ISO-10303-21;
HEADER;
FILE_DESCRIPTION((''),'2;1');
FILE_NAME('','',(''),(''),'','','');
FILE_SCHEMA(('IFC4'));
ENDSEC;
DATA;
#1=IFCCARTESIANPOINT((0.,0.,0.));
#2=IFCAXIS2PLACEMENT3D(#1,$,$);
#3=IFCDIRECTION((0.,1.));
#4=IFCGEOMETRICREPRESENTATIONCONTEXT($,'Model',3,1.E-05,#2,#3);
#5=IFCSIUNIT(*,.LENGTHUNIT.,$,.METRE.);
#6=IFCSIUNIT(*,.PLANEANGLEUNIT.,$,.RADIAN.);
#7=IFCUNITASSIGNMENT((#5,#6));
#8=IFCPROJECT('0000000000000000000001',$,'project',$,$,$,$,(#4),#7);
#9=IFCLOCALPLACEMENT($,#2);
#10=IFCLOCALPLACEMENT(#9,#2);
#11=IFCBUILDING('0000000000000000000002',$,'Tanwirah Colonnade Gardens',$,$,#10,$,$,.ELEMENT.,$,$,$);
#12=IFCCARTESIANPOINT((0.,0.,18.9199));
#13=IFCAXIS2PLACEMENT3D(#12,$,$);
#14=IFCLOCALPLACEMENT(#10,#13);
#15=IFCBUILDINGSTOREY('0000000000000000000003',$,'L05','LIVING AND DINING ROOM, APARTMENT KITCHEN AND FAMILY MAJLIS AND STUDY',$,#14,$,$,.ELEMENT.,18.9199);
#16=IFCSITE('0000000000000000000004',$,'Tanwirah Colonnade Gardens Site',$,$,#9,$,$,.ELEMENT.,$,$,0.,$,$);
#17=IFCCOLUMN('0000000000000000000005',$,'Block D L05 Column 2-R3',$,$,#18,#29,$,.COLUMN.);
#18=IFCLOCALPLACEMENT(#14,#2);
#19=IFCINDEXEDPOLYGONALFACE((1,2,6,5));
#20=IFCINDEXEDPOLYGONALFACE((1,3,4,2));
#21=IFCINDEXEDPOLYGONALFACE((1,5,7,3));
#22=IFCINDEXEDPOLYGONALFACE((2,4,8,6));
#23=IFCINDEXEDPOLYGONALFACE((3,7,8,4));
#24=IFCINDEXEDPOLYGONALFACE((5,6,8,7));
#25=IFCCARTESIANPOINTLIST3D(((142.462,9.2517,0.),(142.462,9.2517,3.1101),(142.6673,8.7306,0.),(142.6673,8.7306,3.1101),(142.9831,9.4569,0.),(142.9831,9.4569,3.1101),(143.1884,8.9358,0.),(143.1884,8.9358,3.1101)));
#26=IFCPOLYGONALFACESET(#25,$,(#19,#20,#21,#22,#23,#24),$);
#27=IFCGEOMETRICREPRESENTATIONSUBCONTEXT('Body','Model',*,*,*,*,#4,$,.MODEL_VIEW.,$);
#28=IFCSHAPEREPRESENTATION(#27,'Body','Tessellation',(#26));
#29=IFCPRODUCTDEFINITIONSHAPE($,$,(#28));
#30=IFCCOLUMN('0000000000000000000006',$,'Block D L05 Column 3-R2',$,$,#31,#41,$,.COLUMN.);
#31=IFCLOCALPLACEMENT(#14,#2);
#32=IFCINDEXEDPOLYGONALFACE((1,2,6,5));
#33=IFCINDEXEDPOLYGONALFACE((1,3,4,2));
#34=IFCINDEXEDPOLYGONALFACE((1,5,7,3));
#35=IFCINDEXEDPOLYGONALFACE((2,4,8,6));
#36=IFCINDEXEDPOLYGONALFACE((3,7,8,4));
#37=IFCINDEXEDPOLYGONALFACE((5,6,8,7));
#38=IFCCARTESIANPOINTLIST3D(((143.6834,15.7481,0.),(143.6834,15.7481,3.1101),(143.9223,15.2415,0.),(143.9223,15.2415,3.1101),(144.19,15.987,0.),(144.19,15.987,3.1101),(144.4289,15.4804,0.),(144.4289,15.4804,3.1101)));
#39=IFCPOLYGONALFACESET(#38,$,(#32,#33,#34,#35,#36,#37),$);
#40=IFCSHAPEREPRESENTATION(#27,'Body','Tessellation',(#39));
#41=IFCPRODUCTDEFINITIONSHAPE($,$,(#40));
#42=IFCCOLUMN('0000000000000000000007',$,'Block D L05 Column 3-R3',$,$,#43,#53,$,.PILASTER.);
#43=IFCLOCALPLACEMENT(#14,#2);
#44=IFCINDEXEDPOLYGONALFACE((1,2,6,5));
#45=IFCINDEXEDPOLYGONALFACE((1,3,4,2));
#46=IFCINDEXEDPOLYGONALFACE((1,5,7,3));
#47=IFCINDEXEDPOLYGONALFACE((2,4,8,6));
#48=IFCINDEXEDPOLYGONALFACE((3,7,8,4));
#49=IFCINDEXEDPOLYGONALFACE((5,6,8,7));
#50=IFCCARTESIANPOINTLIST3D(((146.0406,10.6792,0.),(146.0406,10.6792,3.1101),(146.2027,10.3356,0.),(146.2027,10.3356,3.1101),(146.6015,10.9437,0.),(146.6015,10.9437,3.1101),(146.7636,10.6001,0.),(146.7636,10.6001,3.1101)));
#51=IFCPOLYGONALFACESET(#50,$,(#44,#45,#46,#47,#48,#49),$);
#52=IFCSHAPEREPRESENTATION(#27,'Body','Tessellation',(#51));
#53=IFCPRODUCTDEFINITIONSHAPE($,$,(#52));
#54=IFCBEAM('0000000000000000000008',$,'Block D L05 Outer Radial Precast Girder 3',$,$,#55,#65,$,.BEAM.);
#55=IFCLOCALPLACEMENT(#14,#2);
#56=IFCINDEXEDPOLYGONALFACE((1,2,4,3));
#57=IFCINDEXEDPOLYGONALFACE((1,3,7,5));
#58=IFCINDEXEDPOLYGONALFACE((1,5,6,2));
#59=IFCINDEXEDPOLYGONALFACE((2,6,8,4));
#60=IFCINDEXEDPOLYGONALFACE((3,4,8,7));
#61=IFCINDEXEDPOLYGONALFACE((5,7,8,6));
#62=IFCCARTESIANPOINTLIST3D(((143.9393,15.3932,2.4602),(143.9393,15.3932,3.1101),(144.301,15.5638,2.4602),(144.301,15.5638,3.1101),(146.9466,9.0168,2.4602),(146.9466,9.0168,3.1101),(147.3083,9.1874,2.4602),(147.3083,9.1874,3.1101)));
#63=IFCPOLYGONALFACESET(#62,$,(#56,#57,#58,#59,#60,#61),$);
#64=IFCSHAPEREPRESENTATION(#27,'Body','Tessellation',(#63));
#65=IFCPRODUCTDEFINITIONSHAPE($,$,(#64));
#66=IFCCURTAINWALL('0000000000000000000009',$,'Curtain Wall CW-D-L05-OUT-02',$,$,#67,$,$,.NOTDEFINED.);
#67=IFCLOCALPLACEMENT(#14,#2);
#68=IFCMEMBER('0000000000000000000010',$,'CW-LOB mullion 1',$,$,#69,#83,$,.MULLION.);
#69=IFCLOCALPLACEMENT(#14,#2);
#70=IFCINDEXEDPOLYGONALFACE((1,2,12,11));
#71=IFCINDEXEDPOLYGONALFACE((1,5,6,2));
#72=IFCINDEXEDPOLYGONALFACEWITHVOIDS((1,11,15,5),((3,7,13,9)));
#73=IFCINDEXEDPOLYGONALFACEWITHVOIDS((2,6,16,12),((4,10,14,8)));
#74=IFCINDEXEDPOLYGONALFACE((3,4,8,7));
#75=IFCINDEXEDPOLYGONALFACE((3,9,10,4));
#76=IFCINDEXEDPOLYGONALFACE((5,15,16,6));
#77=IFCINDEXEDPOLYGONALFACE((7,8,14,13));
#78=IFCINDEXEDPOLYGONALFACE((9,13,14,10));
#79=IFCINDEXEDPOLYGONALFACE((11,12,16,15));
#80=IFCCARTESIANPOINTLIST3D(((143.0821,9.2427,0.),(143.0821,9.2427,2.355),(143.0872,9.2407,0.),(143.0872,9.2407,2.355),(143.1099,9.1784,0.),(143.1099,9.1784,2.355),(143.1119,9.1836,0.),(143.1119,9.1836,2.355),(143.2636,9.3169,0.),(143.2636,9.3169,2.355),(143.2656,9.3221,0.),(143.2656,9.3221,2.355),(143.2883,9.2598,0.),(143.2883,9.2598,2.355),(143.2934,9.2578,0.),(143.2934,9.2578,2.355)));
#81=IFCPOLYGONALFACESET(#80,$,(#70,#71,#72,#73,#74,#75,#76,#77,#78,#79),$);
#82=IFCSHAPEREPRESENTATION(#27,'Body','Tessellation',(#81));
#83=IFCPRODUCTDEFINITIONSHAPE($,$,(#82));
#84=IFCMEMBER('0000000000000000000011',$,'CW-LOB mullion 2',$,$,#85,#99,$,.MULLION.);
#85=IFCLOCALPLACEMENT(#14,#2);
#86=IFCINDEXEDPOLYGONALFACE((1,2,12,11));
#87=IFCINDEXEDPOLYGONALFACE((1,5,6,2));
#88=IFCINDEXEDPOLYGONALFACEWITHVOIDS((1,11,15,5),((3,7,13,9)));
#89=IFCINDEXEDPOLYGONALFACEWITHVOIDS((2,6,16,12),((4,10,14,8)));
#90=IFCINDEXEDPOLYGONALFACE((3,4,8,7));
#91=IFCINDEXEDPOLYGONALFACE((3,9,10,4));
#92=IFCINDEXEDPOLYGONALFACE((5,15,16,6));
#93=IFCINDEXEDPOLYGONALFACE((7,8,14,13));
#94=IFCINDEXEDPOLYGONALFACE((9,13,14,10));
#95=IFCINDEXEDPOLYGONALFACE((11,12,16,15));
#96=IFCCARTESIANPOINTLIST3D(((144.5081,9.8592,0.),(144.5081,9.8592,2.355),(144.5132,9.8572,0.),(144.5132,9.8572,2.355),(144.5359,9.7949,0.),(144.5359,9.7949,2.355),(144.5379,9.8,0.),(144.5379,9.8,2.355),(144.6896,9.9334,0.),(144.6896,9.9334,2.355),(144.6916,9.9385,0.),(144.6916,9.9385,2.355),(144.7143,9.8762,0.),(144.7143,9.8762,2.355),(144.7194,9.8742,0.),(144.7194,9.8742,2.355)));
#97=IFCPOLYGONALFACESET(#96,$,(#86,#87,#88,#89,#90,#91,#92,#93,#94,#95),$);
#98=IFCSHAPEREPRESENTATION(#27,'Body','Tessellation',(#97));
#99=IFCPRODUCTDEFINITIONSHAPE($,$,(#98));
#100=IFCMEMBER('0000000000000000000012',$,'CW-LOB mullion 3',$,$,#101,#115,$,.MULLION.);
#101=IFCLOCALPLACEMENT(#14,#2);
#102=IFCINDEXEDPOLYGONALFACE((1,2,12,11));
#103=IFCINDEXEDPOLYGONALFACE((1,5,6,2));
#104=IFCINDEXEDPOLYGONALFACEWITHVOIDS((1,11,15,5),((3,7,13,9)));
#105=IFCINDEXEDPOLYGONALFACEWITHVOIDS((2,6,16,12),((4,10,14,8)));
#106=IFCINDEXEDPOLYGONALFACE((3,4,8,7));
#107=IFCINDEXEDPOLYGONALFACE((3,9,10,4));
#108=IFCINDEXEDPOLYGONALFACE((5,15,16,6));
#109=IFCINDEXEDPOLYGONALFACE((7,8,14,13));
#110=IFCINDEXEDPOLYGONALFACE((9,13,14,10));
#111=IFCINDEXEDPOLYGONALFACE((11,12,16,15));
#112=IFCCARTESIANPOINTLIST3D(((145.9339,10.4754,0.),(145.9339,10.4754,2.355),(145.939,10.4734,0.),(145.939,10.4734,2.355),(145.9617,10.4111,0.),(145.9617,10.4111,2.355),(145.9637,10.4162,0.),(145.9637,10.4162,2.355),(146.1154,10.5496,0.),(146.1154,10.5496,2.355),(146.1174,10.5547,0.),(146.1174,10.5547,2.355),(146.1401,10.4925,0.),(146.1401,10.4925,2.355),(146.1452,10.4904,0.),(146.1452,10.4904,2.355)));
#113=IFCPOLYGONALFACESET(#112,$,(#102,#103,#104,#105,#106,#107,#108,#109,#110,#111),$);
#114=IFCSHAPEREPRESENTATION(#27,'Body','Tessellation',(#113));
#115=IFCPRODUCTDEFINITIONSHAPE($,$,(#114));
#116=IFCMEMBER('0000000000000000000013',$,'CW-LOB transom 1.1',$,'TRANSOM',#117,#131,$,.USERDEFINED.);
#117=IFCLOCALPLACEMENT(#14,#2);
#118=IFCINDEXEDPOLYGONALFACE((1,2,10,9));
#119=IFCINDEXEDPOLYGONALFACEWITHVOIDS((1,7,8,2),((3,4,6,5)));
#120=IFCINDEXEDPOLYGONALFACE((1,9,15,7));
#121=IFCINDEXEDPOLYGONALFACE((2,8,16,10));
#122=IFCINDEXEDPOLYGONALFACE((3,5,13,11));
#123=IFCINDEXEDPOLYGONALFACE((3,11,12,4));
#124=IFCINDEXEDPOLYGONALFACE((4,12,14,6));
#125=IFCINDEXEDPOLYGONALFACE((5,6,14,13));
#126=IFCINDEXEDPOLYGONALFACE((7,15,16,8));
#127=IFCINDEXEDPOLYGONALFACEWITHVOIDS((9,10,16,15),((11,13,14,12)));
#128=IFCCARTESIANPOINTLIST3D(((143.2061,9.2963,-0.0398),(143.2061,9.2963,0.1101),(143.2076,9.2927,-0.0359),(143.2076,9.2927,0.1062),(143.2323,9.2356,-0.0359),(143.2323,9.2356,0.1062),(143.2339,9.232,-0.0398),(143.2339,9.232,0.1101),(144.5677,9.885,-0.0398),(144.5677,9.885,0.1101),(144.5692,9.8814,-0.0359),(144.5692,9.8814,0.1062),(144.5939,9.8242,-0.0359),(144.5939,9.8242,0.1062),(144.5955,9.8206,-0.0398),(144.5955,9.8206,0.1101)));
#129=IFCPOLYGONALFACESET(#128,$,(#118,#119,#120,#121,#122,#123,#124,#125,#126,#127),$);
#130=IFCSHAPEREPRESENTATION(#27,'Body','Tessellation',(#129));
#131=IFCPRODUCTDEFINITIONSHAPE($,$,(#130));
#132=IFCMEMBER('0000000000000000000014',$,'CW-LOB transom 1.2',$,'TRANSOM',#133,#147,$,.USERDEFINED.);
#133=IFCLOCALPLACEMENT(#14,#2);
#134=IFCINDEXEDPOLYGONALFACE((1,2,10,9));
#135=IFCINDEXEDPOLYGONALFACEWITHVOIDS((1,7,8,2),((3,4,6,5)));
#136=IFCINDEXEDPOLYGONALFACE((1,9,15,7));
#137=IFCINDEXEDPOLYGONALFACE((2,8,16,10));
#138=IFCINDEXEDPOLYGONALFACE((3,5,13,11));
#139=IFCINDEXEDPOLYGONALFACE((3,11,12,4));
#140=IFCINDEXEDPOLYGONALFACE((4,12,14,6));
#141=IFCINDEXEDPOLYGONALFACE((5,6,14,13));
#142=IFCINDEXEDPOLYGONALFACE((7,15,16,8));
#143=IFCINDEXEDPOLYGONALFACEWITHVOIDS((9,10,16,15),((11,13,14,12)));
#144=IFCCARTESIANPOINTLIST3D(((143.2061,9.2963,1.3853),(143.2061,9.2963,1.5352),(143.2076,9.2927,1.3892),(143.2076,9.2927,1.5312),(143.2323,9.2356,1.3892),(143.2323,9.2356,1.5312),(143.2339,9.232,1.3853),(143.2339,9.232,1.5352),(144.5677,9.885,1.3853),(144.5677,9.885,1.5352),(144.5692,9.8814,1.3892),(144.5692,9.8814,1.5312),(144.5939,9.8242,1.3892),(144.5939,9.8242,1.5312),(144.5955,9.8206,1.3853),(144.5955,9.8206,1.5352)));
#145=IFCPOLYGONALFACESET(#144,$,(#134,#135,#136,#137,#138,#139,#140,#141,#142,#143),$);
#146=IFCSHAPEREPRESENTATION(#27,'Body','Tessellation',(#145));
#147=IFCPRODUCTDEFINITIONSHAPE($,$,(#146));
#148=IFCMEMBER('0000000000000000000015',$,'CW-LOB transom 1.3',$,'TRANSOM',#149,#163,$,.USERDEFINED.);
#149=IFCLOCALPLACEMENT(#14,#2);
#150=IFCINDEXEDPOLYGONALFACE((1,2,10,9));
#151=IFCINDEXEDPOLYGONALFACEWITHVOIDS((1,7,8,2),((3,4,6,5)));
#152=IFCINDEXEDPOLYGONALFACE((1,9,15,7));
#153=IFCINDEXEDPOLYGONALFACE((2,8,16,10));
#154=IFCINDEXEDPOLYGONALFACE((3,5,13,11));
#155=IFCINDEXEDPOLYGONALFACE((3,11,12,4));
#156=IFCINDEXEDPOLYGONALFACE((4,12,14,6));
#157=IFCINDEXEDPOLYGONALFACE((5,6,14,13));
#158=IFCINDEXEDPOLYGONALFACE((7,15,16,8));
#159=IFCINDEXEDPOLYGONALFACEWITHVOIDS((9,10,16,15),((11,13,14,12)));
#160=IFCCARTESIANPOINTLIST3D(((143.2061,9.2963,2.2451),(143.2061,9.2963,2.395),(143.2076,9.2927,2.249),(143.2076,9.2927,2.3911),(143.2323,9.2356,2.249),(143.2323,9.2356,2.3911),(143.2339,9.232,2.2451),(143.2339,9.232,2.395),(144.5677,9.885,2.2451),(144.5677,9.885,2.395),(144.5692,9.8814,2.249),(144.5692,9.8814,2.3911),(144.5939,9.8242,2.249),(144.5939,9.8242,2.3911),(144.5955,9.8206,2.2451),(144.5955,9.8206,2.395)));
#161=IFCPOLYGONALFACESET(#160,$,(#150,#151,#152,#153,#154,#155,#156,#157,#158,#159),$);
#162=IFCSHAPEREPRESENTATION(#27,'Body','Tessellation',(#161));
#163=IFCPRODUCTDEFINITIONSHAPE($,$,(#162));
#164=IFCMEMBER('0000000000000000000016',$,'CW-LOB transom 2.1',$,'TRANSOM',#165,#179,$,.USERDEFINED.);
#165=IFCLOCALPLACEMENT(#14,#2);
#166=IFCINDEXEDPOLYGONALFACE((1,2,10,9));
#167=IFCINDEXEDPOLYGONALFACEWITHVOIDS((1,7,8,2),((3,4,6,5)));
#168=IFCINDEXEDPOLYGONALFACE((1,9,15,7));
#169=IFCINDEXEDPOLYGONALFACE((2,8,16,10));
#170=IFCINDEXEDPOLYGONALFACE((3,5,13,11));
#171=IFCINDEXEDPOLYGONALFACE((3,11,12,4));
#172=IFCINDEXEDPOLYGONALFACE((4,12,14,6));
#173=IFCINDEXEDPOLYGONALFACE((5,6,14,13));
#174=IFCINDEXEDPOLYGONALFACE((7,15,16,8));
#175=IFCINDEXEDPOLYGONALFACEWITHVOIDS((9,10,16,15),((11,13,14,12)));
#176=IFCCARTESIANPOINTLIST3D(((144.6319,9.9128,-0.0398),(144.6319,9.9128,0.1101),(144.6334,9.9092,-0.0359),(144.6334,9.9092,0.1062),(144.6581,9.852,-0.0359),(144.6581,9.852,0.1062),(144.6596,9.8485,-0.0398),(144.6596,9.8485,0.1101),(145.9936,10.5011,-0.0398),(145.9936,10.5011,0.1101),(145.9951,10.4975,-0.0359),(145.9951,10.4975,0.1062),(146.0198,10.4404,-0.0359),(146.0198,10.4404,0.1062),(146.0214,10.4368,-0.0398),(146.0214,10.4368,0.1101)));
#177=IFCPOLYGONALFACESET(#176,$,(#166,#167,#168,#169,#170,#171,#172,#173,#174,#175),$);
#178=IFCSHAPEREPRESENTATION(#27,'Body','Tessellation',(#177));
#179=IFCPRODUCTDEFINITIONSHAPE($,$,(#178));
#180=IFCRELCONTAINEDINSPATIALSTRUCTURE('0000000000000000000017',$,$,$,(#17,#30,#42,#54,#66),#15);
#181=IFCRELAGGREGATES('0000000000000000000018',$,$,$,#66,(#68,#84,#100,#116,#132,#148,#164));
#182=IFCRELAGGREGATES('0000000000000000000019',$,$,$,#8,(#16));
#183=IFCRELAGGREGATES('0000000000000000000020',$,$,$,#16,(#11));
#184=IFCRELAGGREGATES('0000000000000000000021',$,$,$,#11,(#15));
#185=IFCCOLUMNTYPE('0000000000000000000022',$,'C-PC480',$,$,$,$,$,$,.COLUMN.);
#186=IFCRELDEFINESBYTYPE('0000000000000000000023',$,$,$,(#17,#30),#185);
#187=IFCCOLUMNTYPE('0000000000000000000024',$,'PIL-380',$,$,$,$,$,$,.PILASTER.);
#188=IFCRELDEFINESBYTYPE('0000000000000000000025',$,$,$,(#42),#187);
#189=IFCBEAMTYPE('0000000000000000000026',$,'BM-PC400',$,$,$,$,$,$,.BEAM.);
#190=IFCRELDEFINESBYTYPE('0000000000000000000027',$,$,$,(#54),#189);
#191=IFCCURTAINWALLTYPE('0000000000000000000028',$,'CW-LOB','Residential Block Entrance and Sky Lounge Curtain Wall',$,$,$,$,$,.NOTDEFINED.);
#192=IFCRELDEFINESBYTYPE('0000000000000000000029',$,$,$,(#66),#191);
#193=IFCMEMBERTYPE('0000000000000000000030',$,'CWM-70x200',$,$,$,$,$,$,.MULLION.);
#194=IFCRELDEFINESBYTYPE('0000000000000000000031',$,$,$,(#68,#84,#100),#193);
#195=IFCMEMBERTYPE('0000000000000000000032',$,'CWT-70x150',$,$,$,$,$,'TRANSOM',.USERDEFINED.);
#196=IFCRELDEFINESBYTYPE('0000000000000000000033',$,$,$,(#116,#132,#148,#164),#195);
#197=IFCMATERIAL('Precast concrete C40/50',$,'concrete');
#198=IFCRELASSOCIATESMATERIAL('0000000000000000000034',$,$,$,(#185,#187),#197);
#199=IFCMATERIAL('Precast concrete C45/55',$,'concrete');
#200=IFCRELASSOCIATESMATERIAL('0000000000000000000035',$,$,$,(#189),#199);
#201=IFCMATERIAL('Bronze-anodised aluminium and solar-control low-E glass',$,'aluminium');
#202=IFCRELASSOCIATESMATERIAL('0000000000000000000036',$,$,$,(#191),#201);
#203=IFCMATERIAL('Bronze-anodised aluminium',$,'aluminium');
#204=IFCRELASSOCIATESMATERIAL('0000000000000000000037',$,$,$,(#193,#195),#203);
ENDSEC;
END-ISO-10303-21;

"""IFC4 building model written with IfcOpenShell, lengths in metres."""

from ifc_helpers import new_model, si_unit, direction, frame, origin, origin_2d, place, context, subcontext, project, spatial, rectangle, hollow_rectangle, extrude, material, material_profile, profile_set, type_object, element, aggregate, save


model = new_model("IFC4")

# Units and contexts
model_context = context("Model", 3, precision=1e-05, world=origin(), true_north=direction((0.0, 1.0)))
body_context = subcontext(model_context, "Body", "Model", "MODEL_VIEW")
ifc_project = project(units=[si_unit("LENGTHUNIT", "METRE"), si_unit("PLANEANGLEUNIT", "RADIAN")], contexts=[model_context])

# Site, building, storey
site_placement = place(None, origin())
site = spatial("IfcSite", under=ifc_project, at=site_placement, Name="Tanwirah Colonnade Gardens Site", CompositionType="ELEMENT", RefElevation=0.0)
building_placement = place(site_placement, origin())
building = spatial("IfcBuilding", under=site, at=building_placement, Name="Tanwirah Colonnade Gardens", CompositionType="ELEMENT")
storey_placement = place(building_placement, frame((0.0, 0.0, 18.9199)))
storey = spatial("IfcBuildingStorey", under=building, at=storey_placement, Name="L05", Description="LIVING AND DINING ROOM, APARTMENT KITCHEN AND FAMILY MAJLIS AND STUDY", CompositionType="ELEMENT", Elevation=18.9199)

# Columns
ifc_material_1 = material(Name="Precast concrete C40/50", Category="concrete")
ifc_material_profile_1 = material_profile(ifc_material_1, rectangle(XDim=0.5601, YDim=0.5601, at=origin_2d()), Name="PC-COL 560x560")
ifc_profile_set_1 = profile_set([ifc_material_profile_1], Name="Precast concrete C40/50")
column_type_1 = type_object("IfcColumnType", Name="C-PC480", PredefinedType="COLUMN", material=ifc_profile_set_1)
for number, where, z_axis, x_axis, name in (
    (1, (142.8252, 9.0938, 0.0), (0.0, 0.0, 1.0), (0.366501, -0.930418, 0.0), "Block D L05 Column 2-R3"),
    (2, (144.0562, 15.6143, 0.0), (0.0, 0.0, 1.0), (0.426569, -0.904455, 0.0), "Block D L05 Column 3-R2"),
):
    element("IfcColumn", number, at=place(storey_placement, frame(where, z_axis=z_axis, x_axis=x_axis)), inside=storey, type_object=column_type_1, Name=name, PredefinedType="COLUMN", context=body_context, shape_type="SweptSolid", body=[
        extrude(rectangle(XDim=0.5601, YDim=0.5601, at=origin_2d()), origin(), (0.0, 0.0, 1.0), 3.1101),
    ])
ifc_material_profile_2 = material_profile(ifc_material_1, rectangle(XDim=0.3799, YDim=0.6201, at=origin_2d()), Name="PC-PIL 380x620")
ifc_profile_set_2 = profile_set([ifc_material_profile_2], Name="Precast concrete C40/50")
column_type_2 = type_object("IfcColumnType", Name="PIL-380", PredefinedType="PILASTER", material=ifc_profile_set_2)
column_placement = place(storey_placement, frame((146.4021, 10.6396, 0.0), z_axis=(0.0, 0.0, 1.0), x_axis=(0.426569, -0.904455, 0.0)))
element("IfcColumn", 3, at=column_placement, inside=storey, type_object=column_type_2, Name="Block D L05 Column 3-R3", PredefinedType="PILASTER", context=body_context, shape_type="SweptSolid", body=[
    extrude(rectangle(XDim=0.3799, YDim=0.6201, at=origin_2d()), origin(), (0.0, 0.0, 1.0), 3.1101),
])

# Beam
ifc_material_2 = material(Name="Precast concrete C45/55", Category="concrete")
ifc_material_profile_3 = material_profile(ifc_material_2, rectangle(XDim=0.3999, YDim=0.6499, at=origin_2d()), Name="PC-BM 400x650")
ifc_profile_set_3 = profile_set([ifc_material_profile_3], Name="Precast concrete C45/55")
beam_type_1 = type_object("IfcBeamType", Name="BM-PC400", PredefinedType="BEAM", material=ifc_profile_set_3)
beam_1_placement = place(storey_placement, frame((144.1201, 15.4785, 2.7852), z_axis=(0.426567, -0.904456, 0.0), x_axis=(0.904456, 0.426567, 0.0)))
element("IfcBeam", 4, at=beam_1_placement, inside=storey, type_object=beam_type_1, Name="Block D L05 Outer Radial Precast Girder 3", PredefinedType="BEAM", context=body_context, shape_type="SweptSolid", body=[
    extrude(rectangle(XDim=0.3999, YDim=0.6499, at=origin_2d()), origin(), (0.0, 0.0, 1.0), 7.05),
])

# Curtain wall, members
ifc_material_3 = material(Name="Bronze-anodised aluminium and solar-control low-E glass", Category="aluminium")
curtain_wall_type = type_object("IfcCurtainWallType", Name="CW-LOB", Description="Residential Block Entrance and Sky Lounge Curtain Wall", PredefinedType="NOTDEFINED", material=ifc_material_3)
curtain_wall_placement = place(storey_placement, origin())
curtain_wall = element("IfcCurtainWall", 5, at=curtain_wall_placement, inside=storey, type_object=curtain_wall_type, Name="Curtain Wall CW-D-L05-OUT-02", PredefinedType="NOTDEFINED")
ifc_material_4 = material(Name="Bronze-anodised aluminium", Category="aluminium")
ifc_material_profile_4 = material_profile(ifc_material_4, hollow_rectangle(XDim=0.0701, YDim=0.2, WallThickness=0.0039, at=origin_2d()), Name="CW-MUL 70x200x4")
ifc_profile_set_4 = profile_set([ifc_material_profile_4], Name="Bronze-anodised aluminium")
member_type_1 = type_object("IfcMemberType", Name="CWM-70x200", PredefinedType="MULLION", material=ifc_profile_set_4)
member_1_placement = place(storey_placement, frame((143.1877, 9.2502, 0.0), z_axis=(0.0, 0.0, 1.0), x_axis=(-0.396749, 0.917927, 0.0)))
member_1 = element("IfcMember", 6, at=member_1_placement, type_object=member_type_1, Name="CW-LOB mullion 1", PredefinedType="MULLION", context=body_context, shape_type="SweptSolid", body=[
    extrude(hollow_rectangle(XDim=0.0701, YDim=0.2, WallThickness=0.0039, at=origin_2d()), origin(), (0.0, 0.0, 1.0), 2.355),
])
member_2_placement = place(storey_placement, frame((144.6138, 9.8667, 0.0), z_axis=(0.0, 0.0, 1.0), x_axis=(-0.396749, 0.917927, 0.0)))
member_2 = element("IfcMember", 7, at=member_2_placement, type_object=member_type_1, Name="CW-LOB mullion 2", PredefinedType="MULLION", context=body_context, shape_type="SweptSolid", body=[
    extrude(hollow_rectangle(XDim=0.0701, YDim=0.2, WallThickness=0.0039, at=origin_2d()), origin(), (0.0, 0.0, 1.0), 2.355),
])
member_3_placement = place(storey_placement, frame((146.0396, 10.4829, 0.0), z_axis=(0.0, 0.0, 1.0), x_axis=(-0.396749, 0.917927, 0.0)))
member_3 = element("IfcMember", 8, at=member_3_placement, type_object=member_type_1, Name="CW-LOB mullion 3", PredefinedType="MULLION", context=body_context, shape_type="SweptSolid", body=[
    extrude(hollow_rectangle(XDim=0.0701, YDim=0.2, WallThickness=0.0039, at=origin_2d()), origin(), (0.0, 0.0, 1.0), 2.355),
])
ifc_material_profile_5 = material_profile(ifc_material_4, hollow_rectangle(XDim=0.0701, YDim=0.1499, WallThickness=0.0039, at=origin_2d()), Name="CW-TRN 70x150x4")
ifc_profile_set_5 = profile_set([ifc_material_profile_5], Name="Bronze-anodised aluminium")
member_type_2 = type_object("IfcMemberType", Name="CWT-70x150", ElementType="TRANSOM", PredefinedType="USERDEFINED", material=ifc_profile_set_5)
member_4_placement = place(storey_placement, frame((143.22, 9.2642, 0.0352), z_axis=(0.917898, 0.396817, 0.0), x_axis=(-0.396817, 0.917898, 0.0)))
member_4 = element("IfcMember", 9, at=member_4_placement, type_object=member_type_2, Name="CW-LOB transom 1.1", ObjectType="TRANSOM", PredefinedType="USERDEFINED", context=body_context, shape_type="SweptSolid", body=[
    extrude(hollow_rectangle(XDim=0.0701, YDim=0.1499, WallThickness=0.0039, at=origin_2d()), origin(), (0.0, 0.0, 1.0), 1.4834),
])
member_5_placement = place(storey_placement, frame((143.22, 9.2642, 1.4602), z_axis=(0.917898, 0.396817, 0.0), x_axis=(-0.396817, 0.917898, 0.0)))
member_5 = element("IfcMember", 10, at=member_5_placement, type_object=member_type_2, Name="CW-LOB transom 1.2", ObjectType="TRANSOM", PredefinedType="USERDEFINED", context=body_context, shape_type="SweptSolid", body=[
    extrude(hollow_rectangle(XDim=0.0701, YDim=0.1499, WallThickness=0.0039, at=origin_2d()), origin(), (0.0, 0.0, 1.0), 1.4834),
])
member_6_placement = place(storey_placement, frame((143.22, 9.2642, 2.3201), z_axis=(0.917898, 0.396817, 0.0), x_axis=(-0.396817, 0.917898, 0.0)))
member_6 = element("IfcMember", 11, at=member_6_placement, type_object=member_type_2, Name="CW-LOB transom 1.3", ObjectType="TRANSOM", PredefinedType="USERDEFINED", context=body_context, shape_type="SweptSolid", body=[
    extrude(hollow_rectangle(XDim=0.0701, YDim=0.1499, WallThickness=0.0039, at=origin_2d()), origin(), (0.0, 0.0, 1.0), 1.4834),
])
member_7_placement = place(storey_placement, frame((144.6458, 9.8806, 0.0352), z_axis=(0.917983, 0.396619, 0.0), x_axis=(-0.396619, 0.917983, 0.0)))
member_7 = element("IfcMember", 12, at=member_7_placement, type_object=member_type_2, Name="CW-LOB transom 2.1", ObjectType="TRANSOM", PredefinedType="USERDEFINED", context=body_context, shape_type="SweptSolid", body=[
    extrude(hollow_rectangle(XDim=0.0701, YDim=0.1499, WallThickness=0.0039, at=origin_2d()), origin(), (0.0, 0.0, 1.0), 1.4834),
])

aggregate(curtain_wall, [member_1, member_2, member_3, member_4, member_5, member_6, member_7])

save(model, "model.ifc")
